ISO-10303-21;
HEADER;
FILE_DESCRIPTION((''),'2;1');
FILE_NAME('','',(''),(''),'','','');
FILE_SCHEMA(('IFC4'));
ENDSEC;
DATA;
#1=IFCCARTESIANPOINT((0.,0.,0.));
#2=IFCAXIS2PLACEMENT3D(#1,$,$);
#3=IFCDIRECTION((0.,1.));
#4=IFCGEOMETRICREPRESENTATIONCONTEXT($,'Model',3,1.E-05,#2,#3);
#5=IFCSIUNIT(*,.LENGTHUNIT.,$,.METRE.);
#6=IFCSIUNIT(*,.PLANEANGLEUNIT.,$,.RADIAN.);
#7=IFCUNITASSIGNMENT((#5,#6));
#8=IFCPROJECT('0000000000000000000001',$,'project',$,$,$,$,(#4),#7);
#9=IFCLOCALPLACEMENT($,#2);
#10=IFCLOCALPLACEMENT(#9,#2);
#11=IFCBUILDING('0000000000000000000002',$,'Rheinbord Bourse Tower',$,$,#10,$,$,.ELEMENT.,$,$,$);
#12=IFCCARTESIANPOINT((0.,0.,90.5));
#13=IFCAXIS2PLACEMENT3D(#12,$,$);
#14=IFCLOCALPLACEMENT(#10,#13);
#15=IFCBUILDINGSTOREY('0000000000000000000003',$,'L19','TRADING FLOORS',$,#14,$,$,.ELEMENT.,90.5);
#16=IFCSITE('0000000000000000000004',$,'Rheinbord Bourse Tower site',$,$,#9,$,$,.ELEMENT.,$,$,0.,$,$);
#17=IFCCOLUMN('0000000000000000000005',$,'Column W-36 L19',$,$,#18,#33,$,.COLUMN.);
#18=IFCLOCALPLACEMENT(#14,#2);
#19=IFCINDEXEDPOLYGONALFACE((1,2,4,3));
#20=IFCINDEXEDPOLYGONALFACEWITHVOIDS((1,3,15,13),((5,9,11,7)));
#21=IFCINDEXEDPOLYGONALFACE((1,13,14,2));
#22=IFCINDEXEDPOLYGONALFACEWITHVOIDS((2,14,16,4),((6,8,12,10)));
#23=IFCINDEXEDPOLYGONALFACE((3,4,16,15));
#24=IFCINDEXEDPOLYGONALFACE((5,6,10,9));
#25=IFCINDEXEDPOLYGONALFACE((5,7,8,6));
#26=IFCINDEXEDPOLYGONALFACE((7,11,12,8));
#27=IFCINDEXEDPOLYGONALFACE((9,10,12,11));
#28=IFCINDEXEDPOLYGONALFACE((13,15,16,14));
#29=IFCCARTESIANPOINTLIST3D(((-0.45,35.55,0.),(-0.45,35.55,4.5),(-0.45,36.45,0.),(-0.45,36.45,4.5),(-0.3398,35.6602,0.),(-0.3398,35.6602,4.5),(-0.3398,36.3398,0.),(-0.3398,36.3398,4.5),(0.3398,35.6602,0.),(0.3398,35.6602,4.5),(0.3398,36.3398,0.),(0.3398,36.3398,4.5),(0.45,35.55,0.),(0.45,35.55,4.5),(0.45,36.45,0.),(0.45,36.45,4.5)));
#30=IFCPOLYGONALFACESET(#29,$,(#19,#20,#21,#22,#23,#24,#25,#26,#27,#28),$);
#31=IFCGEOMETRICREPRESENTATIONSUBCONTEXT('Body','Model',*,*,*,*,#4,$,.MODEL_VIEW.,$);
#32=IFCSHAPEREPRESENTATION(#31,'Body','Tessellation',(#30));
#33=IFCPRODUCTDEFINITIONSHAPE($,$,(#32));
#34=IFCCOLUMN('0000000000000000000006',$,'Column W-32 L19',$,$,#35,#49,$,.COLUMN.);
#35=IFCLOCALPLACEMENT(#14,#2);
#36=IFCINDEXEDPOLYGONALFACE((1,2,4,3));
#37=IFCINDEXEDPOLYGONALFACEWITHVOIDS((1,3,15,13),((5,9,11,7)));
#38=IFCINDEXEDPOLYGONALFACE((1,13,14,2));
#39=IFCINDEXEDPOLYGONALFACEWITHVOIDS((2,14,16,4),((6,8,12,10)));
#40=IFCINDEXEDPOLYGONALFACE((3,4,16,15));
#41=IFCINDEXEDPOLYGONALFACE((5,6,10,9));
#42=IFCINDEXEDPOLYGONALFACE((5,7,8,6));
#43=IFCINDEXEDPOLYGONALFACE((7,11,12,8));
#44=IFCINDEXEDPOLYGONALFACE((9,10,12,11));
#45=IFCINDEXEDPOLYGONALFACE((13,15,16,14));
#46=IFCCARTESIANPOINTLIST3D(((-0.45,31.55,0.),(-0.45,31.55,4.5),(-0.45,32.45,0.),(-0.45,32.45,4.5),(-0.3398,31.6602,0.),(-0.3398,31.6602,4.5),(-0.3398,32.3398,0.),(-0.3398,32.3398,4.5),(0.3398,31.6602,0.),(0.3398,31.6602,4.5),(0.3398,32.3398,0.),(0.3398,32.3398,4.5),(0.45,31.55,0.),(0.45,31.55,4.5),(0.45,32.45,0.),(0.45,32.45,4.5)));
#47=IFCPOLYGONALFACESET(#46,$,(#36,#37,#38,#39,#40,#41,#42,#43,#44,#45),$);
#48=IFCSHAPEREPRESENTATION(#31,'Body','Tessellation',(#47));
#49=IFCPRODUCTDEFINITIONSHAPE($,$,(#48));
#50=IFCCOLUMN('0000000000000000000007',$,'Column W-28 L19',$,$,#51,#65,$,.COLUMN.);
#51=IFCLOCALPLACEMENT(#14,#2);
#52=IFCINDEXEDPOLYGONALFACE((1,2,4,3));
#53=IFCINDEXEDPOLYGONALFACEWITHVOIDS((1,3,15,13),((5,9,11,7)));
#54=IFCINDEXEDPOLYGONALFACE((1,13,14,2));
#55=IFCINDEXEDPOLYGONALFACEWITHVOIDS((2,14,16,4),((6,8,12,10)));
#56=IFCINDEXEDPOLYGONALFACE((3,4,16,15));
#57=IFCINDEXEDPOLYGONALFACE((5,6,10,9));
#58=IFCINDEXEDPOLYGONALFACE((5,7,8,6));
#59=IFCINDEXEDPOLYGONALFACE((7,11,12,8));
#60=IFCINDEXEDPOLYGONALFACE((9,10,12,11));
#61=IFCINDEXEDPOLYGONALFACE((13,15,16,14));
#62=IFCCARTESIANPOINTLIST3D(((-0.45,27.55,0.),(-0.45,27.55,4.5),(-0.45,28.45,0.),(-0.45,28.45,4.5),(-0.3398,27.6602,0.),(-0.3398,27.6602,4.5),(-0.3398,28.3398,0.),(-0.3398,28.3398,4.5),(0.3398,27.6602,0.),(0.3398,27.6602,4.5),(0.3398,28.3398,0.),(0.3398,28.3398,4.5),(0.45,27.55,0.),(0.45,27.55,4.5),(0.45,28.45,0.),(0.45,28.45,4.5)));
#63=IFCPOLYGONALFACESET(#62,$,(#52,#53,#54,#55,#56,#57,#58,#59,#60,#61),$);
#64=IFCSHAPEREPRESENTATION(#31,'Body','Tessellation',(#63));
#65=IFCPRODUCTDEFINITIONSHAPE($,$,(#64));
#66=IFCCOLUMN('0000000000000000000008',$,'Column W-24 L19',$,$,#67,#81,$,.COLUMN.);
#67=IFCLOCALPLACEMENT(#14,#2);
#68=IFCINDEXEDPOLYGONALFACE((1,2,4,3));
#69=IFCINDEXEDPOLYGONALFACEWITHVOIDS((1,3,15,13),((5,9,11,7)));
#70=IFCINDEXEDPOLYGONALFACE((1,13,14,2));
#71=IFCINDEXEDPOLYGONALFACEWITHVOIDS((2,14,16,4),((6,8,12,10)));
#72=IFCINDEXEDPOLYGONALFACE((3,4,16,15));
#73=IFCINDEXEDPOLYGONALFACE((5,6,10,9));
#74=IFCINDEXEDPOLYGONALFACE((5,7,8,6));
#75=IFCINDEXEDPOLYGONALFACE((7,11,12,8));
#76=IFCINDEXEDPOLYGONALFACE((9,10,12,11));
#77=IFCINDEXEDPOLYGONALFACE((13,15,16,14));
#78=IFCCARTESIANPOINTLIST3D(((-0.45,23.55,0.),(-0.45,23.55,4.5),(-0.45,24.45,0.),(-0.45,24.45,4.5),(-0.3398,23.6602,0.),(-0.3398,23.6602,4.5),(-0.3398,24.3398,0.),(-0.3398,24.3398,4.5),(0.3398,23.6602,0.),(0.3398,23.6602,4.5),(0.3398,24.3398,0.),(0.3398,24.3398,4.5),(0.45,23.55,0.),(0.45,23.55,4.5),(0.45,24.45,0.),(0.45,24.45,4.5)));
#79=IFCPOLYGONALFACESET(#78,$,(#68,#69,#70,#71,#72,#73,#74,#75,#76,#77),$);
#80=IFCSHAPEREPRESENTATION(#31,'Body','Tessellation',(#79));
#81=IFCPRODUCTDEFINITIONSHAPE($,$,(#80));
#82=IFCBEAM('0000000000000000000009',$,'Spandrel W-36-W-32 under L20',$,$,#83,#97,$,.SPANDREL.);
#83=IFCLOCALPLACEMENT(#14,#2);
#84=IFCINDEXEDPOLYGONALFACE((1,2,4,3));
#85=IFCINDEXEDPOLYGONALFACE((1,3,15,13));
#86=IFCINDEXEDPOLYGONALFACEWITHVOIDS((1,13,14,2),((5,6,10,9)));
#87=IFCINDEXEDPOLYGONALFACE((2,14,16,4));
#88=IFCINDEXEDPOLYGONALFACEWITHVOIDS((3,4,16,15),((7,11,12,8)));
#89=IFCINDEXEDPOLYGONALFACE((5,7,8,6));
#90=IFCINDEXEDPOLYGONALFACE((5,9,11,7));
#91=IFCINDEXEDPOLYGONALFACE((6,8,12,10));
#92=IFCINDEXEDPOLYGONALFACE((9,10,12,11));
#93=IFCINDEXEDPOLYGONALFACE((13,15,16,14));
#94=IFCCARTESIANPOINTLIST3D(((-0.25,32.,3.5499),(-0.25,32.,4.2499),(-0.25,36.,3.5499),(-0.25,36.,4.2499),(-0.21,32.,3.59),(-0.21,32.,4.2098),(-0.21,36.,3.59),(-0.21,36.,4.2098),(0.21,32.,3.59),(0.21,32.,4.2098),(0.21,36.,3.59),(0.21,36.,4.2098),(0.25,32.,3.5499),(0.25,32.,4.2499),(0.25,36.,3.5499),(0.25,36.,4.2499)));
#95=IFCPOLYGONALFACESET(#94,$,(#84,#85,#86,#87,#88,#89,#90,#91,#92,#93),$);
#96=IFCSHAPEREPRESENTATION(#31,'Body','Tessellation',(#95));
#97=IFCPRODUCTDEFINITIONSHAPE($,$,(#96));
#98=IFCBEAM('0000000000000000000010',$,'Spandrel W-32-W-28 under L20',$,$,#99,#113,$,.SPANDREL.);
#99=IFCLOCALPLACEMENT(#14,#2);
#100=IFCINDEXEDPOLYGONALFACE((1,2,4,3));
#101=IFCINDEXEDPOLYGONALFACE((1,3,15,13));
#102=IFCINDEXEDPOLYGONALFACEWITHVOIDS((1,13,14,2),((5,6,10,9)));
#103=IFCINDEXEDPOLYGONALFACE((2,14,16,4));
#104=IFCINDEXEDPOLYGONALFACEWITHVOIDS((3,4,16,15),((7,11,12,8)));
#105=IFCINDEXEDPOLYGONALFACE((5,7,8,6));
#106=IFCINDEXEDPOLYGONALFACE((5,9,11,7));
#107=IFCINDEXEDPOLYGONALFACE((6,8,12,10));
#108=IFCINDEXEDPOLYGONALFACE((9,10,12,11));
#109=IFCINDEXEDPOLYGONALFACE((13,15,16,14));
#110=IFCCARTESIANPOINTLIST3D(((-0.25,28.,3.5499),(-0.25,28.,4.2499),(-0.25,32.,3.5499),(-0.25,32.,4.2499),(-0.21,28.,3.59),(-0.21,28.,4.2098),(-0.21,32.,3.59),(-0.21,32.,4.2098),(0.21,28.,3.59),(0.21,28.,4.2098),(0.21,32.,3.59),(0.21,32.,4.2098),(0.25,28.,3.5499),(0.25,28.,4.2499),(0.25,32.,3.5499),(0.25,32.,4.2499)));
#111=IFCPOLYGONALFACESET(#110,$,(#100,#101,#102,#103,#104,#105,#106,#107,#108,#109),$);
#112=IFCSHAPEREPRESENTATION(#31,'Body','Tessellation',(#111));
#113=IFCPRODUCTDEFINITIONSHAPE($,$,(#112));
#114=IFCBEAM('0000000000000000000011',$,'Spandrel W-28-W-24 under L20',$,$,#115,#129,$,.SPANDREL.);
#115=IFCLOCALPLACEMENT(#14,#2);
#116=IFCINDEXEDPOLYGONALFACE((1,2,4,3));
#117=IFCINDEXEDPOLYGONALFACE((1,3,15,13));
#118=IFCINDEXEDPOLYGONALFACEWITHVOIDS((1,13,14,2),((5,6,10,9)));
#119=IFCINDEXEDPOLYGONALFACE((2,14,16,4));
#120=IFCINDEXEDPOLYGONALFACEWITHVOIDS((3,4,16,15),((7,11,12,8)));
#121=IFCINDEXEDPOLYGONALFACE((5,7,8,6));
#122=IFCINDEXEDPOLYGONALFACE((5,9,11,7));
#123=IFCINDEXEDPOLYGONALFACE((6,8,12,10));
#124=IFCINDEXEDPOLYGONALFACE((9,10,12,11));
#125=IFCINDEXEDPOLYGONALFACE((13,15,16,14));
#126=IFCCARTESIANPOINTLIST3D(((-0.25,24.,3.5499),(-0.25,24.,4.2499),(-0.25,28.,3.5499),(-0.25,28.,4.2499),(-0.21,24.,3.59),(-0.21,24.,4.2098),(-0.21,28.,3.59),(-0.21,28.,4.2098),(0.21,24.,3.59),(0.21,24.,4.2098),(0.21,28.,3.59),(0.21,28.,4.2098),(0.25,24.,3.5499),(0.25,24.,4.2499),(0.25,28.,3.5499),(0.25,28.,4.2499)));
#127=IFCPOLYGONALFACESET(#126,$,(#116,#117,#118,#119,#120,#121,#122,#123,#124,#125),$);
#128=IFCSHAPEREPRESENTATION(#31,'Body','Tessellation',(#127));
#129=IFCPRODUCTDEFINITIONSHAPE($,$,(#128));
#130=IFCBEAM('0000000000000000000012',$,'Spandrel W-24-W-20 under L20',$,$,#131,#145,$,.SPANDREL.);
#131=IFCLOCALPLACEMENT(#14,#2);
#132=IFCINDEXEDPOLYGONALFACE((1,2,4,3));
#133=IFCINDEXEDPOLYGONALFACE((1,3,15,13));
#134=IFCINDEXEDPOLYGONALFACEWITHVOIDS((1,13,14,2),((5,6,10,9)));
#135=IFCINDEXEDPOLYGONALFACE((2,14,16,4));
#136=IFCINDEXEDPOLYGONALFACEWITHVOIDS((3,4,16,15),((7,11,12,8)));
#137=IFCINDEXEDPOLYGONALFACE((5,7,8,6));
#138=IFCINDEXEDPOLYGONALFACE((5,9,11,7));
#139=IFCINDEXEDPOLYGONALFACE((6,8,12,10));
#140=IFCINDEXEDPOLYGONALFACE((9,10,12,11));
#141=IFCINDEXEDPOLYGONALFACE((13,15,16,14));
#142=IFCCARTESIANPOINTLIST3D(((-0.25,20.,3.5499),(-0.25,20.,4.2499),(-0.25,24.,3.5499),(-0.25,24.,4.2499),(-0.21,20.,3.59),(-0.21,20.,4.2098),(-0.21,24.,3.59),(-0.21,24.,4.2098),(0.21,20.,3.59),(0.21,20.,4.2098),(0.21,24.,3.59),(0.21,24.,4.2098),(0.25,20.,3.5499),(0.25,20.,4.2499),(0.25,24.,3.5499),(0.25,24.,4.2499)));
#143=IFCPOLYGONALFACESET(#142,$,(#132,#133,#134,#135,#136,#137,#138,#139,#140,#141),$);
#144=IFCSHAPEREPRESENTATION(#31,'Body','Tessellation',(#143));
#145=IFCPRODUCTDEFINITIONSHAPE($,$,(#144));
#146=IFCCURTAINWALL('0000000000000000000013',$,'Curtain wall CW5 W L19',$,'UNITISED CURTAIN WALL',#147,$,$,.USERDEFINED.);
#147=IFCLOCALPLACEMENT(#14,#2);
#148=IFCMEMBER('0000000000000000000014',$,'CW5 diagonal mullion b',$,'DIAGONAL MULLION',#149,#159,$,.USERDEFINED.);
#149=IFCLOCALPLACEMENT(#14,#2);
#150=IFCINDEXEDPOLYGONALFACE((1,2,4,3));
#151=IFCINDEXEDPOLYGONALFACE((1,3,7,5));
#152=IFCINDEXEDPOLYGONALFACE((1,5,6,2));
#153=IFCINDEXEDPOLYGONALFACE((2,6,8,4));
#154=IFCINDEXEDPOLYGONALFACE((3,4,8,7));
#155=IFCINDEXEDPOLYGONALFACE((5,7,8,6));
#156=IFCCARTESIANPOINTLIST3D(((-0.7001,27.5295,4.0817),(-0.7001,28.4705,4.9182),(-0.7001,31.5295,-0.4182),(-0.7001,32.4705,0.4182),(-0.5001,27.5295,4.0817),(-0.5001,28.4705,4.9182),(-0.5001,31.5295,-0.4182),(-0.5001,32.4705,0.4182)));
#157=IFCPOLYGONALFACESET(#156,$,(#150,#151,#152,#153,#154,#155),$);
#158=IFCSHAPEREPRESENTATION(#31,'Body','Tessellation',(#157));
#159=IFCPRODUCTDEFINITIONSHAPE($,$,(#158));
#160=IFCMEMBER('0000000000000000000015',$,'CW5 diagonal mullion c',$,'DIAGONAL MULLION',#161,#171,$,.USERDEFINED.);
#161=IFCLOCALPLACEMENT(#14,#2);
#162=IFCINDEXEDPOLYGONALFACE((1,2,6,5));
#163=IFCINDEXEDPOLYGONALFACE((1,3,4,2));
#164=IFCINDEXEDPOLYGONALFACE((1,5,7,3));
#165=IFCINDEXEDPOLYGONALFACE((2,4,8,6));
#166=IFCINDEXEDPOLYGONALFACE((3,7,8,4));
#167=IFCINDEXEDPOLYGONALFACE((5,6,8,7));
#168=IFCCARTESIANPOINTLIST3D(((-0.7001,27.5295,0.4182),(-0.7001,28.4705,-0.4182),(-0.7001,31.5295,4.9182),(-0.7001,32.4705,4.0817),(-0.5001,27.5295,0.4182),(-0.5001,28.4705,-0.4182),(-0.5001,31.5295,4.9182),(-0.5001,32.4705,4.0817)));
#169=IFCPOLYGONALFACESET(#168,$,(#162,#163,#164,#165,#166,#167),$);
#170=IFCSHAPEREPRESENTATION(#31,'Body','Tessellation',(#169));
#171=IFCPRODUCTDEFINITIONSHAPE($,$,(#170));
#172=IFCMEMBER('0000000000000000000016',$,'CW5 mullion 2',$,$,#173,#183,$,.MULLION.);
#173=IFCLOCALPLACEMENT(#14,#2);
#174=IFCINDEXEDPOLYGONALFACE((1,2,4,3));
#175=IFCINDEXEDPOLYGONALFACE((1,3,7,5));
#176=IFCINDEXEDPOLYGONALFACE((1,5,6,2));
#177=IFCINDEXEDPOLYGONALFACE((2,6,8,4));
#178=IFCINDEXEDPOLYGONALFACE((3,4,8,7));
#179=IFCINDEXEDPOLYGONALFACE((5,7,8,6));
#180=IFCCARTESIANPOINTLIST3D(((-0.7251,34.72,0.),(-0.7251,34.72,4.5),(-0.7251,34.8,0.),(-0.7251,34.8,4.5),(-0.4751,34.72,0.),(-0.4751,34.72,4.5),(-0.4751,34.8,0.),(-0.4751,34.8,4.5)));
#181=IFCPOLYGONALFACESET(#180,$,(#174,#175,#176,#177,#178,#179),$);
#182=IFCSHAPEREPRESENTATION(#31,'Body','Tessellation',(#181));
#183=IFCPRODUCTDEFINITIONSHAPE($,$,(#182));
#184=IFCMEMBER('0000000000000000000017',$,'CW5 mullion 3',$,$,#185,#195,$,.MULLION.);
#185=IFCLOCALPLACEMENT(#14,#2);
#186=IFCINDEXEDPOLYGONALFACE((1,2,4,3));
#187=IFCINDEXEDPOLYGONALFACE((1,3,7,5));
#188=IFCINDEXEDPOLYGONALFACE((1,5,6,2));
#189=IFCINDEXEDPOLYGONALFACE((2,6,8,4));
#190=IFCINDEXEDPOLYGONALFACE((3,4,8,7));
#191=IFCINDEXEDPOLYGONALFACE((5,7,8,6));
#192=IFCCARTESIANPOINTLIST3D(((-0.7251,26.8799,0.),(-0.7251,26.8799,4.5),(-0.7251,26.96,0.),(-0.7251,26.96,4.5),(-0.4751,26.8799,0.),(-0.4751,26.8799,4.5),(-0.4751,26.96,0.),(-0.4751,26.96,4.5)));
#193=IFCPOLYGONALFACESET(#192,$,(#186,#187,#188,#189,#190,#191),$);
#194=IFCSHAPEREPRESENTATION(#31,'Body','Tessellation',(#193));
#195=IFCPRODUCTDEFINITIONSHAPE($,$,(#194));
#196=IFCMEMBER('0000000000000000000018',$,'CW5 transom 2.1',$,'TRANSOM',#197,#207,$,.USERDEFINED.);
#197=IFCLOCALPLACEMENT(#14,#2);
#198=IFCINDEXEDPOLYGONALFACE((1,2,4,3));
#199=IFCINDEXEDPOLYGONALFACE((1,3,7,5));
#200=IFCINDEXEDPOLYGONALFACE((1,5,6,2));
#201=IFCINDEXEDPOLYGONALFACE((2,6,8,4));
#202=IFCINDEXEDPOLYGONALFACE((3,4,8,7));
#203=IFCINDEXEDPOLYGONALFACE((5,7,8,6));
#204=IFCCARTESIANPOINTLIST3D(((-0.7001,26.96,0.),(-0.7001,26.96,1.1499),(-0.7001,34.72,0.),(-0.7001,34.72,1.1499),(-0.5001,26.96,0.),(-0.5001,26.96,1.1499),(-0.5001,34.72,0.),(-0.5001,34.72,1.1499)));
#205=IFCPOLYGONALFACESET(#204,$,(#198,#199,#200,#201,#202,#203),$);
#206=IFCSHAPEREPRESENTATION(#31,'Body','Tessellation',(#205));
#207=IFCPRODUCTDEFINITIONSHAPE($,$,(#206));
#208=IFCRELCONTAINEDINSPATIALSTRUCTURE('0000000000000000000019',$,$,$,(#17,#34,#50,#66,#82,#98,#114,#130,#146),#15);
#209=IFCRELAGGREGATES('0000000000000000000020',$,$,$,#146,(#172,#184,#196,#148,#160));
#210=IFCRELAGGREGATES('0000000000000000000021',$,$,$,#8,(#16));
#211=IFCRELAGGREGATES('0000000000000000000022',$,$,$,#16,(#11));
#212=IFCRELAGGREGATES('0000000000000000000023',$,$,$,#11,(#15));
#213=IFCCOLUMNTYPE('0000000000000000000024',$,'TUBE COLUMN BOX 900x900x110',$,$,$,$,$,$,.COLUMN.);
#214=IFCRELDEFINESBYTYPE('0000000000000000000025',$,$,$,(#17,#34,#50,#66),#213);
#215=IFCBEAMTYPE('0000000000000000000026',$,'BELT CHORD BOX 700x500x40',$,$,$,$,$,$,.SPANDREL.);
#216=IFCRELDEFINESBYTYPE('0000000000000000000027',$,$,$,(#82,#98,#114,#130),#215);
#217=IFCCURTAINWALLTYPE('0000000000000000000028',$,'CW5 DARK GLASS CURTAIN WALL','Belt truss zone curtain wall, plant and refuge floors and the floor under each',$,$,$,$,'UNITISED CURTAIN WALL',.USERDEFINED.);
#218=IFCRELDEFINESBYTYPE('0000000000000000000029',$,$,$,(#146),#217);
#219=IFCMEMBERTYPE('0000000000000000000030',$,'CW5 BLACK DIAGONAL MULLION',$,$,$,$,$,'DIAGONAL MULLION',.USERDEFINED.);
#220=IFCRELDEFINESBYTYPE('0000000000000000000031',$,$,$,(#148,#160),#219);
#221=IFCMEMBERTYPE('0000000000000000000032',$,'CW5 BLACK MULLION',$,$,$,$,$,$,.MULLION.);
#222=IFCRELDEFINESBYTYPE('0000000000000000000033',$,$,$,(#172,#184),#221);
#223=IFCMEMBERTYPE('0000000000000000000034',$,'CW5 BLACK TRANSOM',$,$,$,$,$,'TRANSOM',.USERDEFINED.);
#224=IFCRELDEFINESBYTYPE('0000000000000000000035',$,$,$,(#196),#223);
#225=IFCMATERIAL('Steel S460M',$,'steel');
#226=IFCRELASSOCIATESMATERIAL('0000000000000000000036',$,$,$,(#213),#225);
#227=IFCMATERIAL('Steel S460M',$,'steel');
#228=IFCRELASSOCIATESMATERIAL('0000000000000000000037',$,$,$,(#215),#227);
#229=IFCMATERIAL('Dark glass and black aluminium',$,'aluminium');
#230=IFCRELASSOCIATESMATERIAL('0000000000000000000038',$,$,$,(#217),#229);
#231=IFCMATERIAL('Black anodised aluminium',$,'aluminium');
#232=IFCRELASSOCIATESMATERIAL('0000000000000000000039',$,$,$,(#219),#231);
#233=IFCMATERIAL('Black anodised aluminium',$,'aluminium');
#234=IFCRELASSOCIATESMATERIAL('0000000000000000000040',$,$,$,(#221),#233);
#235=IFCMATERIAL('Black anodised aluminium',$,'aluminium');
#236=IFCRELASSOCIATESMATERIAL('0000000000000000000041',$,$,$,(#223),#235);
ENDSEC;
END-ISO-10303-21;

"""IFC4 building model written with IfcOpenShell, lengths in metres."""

from ifc_helpers import new_model, si_unit, direction, frame, origin, origin_2d, place, context, subcontext, project, spatial, rectangle, hollow_rectangle, extrude, material, material_profile, profile_set, type_object, element, aggregate, save


model = new_model("IFC4")

# Units and contexts
model_context = context("Model", 3, precision=1e-05, world=origin(), true_north=direction((0.0, 1.0)))
body_context = subcontext(model_context, "Body", "Model", "MODEL_VIEW")
ifc_project = project(units=[si_unit("LENGTHUNIT", "METRE"), si_unit("PLANEANGLEUNIT", "RADIAN")], contexts=[model_context])

# Site, building, storey
site_placement = place(None, origin())
site = spatial("IfcSite", under=ifc_project, at=site_placement, Name="Rheinbord Bourse Tower site", CompositionType="ELEMENT", RefElevation=0.0)
building_placement = place(site_placement, origin())
building = spatial("IfcBuilding", under=site, at=building_placement, Name="Rheinbord Bourse Tower", CompositionType="ELEMENT")
storey_placement = place(building_placement, frame((0.0, 0.0, 90.5)))
storey = spatial("IfcBuildingStorey", under=building, at=storey_placement, Name="L19", Description="TRADING FLOORS", CompositionType="ELEMENT", Elevation=90.5)

# Columns
ifc_material_1 = material(Name="Steel S460M", Category="steel")
ifc_material_profile_1 = material_profile(ifc_material_1, hollow_rectangle(XDim=0.8999, YDim=0.8999, WallThickness=0.1101, at=origin_2d()), Name="BOX 900x900x110")
ifc_profile_set_1 = profile_set([ifc_material_profile_1], Name="Steel S460M")
column_type = type_object("IfcColumnType", Name="TUBE COLUMN BOX 900x900x110", PredefinedType="COLUMN", material=ifc_profile_set_1)
for number, where, z_axis, x_axis, name in (
    (1, (0.0, 36.0, 0.0), (0.0, 0.0, 1.0), (1.0, 0.0, 0.0), "Column W-36 L19"),
    (2, (0.0, 32.0, 0.0), (0.0, 0.0, 1.0), (1.0, 0.0, 0.0), "Column W-32 L19"),
    (3, (0.0, 28.0, 0.0), (0.0, 0.0, 1.0), (1.0, 0.0, 0.0), "Column W-28 L19"),
    (4, (0.0, 24.0, 0.0), (0.0, 0.0, 1.0), (1.0, 0.0, 0.0), "Column W-24 L19"),
):
    element("IfcColumn", number, at=place(storey_placement, frame(where, z_axis=z_axis, x_axis=x_axis)), inside=storey, type_object=column_type, Name=name, PredefinedType="COLUMN", context=body_context, shape_type="SweptSolid", body=[
        extrude(hollow_rectangle(XDim=0.8999, YDim=0.8999, WallThickness=0.1101, at=origin_2d()), origin(), (0.0, 0.0, 1.0), 4.5),
    ])

# Beams
ifc_material_2 = material(Name="Steel S460M", Category="steel")
ifc_material_profile_2 = material_profile(ifc_material_2, hollow_rectangle(XDim=0.5, YDim=0.7, WallThickness=0.04, at=origin_2d()), Name="BOX 700x500x40")
ifc_profile_set_2 = profile_set([ifc_material_profile_2], Name="Steel S460M")
beam_type_1 = type_object("IfcBeamType", Name="BELT CHORD BOX 700x500x40", PredefinedType="SPANDREL", material=ifc_profile_set_2)
for number, where, z_axis, x_axis, name in (
    (5, (0.0, 36.0, 3.8999), (0.0, -1.0, 0.0), (1.0, 0.0, 0.0), "Spandrel W-36-W-32 under L20"),
    (6, (0.0, 32.0, 3.8999), (0.0, -1.0, 0.0), (1.0, 0.0, 0.0), "Spandrel W-32-W-28 under L20"),
    (7, (0.0, 28.0, 3.8999), (0.0, -1.0, 0.0), (1.0, 0.0, 0.0), "Spandrel W-28-W-24 under L20"),
    (8, (0.0, 24.0, 3.8999), (0.0, -1.0, 0.0), (1.0, 0.0, 0.0), "Spandrel W-24-W-20 under L20"),
):
    element("IfcBeam", number, at=place(storey_placement, frame(where, z_axis=z_axis, x_axis=x_axis)), inside=storey, type_object=beam_type_1, Name=name, PredefinedType="SPANDREL", context=body_context, shape_type="SweptSolid", body=[
        extrude(hollow_rectangle(XDim=0.5, YDim=0.7, WallThickness=0.04, at=origin_2d()), origin(), (0.0, 0.0, 1.0), 4.0),
    ])

# Curtain wall, members
ifc_material_3 = material(Name="Dark glass and black aluminium", Category="aluminium")
curtain_wall_type = type_object("IfcCurtainWallType", Name="CW5 DARK GLASS CURTAIN WALL", Description="Belt truss zone curtain wall, plant and refuge floors and the floor under each", ElementType="UNITISED CURTAIN WALL", PredefinedType="USERDEFINED", material=ifc_material_3)
curtain_wall_placement = place(storey_placement, origin())
curtain_wall = element("IfcCurtainWall", 9, at=curtain_wall_placement, inside=storey, type_object=curtain_wall_type, Name="Curtain wall CW5 W L19", ObjectType="UNITISED CURTAIN WALL", PredefinedType="USERDEFINED")
ifc_material_4 = material(Name="Black anodised aluminium", Category="aluminium")
ifc_material_profile_3 = material_profile(ifc_material_4, rectangle(XDim=0.2, YDim=1.259, at=origin_2d()), Name="CW5 DIAGONAL MULLION 1259x200")
ifc_profile_set_3 = profile_set([ifc_material_profile_3], Name="Black anodised aluminium")
member_type_1 = type_object("IfcMemberType", Name="CW5 BLACK DIAGONAL MULLION", ElementType="DIAGONAL MULLION", PredefinedType="USERDEFINED", material=ifc_profile_set_3)
member_1_placement = place(storey_placement, frame((-0.6001, 32.0, 0.0), z_axis=(0.0, -0.664364, 0.747409), x_axis=(1.0, 0.0, 0.0)))
member_1 = element("IfcMember", 10, at=member_1_placement, type_object=member_type_1, Name="CW5 diagonal mullion b", ObjectType="DIAGONAL MULLION", PredefinedType="USERDEFINED", context=body_context, shape_type="SweptSolid", body=[
    extrude(rectangle(XDim=0.2, YDim=1.259, at=origin_2d()), origin(), (0.0, 0.0, 1.0), 6.0208),
])
member_2_placement = place(storey_placement, frame((-0.6001, 28.0, 0.0), z_axis=(0.0, 0.664364, 0.747409), x_axis=(-1.0, 0.0, 0.0)))
member_2 = element("IfcMember", 11, at=member_2_placement, type_object=member_type_1, Name="CW5 diagonal mullion c", ObjectType="DIAGONAL MULLION", PredefinedType="USERDEFINED", context=body_context, shape_type="SweptSolid", body=[
    extrude(rectangle(XDim=0.2, YDim=1.259, at=origin_2d()), origin(), (0.0, 0.0, 1.0), 6.0208),
])
ifc_material_5 = material(Name="Black anodised aluminium", Category="aluminium")
ifc_material_profile_4 = material_profile(ifc_material_5, rectangle(XDim=0.25, YDim=0.0801, at=origin_2d()), Name="CW5 MULLION 80x250")
ifc_profile_set_4 = profile_set([ifc_material_profile_4], Name="Black anodised aluminium")
member_type_2 = type_object("IfcMemberType", Name="CW5 BLACK MULLION", PredefinedType="MULLION", material=ifc_profile_set_4)
member_3_placement = place(storey_placement, frame((-0.6001, 34.76, 0.0), z_axis=(0.0, 0.0, 1.0), x_axis=(1.0, 0.0, 0.0)))
member_3 = element("IfcMember", 12, at=member_3_placement, type_object=member_type_2, Name="CW5 mullion 2", PredefinedType="MULLION", context=body_context, shape_type="SweptSolid", body=[
    extrude(rectangle(XDim=0.25, YDim=0.0801, at=origin_2d()), origin(), (0.0, 0.0, 1.0), 4.5),
])
member_4_placement = place(storey_placement, frame((-0.6001, 26.9199, 0.0), z_axis=(0.0, 0.0, 1.0), x_axis=(1.0, 0.0, 0.0)))
member_4 = element("IfcMember", 13, at=member_4_placement, type_object=member_type_2, Name="CW5 mullion 3", PredefinedType="MULLION", context=body_context, shape_type="SweptSolid", body=[
    extrude(rectangle(XDim=0.25, YDim=0.0801, at=origin_2d()), origin(), (0.0, 0.0, 1.0), 4.5),
])
ifc_material_6 = material(Name="Black anodised aluminium", Category="aluminium")
ifc_material_profile_5 = material_profile(ifc_material_6, rectangle(XDim=0.2, YDim=1.1499, at=origin_2d()), Name="CW5 TRANSOM 1150x200")
ifc_profile_set_5 = profile_set([ifc_material_profile_5], Name="Black anodised aluminium")
member_type_3 = type_object("IfcMemberType", Name="CW5 BLACK TRANSOM", ElementType="TRANSOM", PredefinedType="USERDEFINED", material=ifc_profile_set_5)
member_5_placement = place(storey_placement, frame((-0.6001, 34.72, 0.575), z_axis=(0.0, -1.0, 0.0), x_axis=(1.0, 0.0, 0.0)))
member_5 = element("IfcMember", 14, at=member_5_placement, type_object=member_type_3, Name="CW5 transom 2.1", ObjectType="TRANSOM", PredefinedType="USERDEFINED", context=body_context, shape_type="SweptSolid", body=[
    extrude(rectangle(XDim=0.2, YDim=1.1499, at=origin_2d()), origin(), (0.0, 0.0, 1.0), 7.76),
])

aggregate(curtain_wall, [member_3, member_4, member_5, member_1, member_2])

save(model, "model.ifc")
